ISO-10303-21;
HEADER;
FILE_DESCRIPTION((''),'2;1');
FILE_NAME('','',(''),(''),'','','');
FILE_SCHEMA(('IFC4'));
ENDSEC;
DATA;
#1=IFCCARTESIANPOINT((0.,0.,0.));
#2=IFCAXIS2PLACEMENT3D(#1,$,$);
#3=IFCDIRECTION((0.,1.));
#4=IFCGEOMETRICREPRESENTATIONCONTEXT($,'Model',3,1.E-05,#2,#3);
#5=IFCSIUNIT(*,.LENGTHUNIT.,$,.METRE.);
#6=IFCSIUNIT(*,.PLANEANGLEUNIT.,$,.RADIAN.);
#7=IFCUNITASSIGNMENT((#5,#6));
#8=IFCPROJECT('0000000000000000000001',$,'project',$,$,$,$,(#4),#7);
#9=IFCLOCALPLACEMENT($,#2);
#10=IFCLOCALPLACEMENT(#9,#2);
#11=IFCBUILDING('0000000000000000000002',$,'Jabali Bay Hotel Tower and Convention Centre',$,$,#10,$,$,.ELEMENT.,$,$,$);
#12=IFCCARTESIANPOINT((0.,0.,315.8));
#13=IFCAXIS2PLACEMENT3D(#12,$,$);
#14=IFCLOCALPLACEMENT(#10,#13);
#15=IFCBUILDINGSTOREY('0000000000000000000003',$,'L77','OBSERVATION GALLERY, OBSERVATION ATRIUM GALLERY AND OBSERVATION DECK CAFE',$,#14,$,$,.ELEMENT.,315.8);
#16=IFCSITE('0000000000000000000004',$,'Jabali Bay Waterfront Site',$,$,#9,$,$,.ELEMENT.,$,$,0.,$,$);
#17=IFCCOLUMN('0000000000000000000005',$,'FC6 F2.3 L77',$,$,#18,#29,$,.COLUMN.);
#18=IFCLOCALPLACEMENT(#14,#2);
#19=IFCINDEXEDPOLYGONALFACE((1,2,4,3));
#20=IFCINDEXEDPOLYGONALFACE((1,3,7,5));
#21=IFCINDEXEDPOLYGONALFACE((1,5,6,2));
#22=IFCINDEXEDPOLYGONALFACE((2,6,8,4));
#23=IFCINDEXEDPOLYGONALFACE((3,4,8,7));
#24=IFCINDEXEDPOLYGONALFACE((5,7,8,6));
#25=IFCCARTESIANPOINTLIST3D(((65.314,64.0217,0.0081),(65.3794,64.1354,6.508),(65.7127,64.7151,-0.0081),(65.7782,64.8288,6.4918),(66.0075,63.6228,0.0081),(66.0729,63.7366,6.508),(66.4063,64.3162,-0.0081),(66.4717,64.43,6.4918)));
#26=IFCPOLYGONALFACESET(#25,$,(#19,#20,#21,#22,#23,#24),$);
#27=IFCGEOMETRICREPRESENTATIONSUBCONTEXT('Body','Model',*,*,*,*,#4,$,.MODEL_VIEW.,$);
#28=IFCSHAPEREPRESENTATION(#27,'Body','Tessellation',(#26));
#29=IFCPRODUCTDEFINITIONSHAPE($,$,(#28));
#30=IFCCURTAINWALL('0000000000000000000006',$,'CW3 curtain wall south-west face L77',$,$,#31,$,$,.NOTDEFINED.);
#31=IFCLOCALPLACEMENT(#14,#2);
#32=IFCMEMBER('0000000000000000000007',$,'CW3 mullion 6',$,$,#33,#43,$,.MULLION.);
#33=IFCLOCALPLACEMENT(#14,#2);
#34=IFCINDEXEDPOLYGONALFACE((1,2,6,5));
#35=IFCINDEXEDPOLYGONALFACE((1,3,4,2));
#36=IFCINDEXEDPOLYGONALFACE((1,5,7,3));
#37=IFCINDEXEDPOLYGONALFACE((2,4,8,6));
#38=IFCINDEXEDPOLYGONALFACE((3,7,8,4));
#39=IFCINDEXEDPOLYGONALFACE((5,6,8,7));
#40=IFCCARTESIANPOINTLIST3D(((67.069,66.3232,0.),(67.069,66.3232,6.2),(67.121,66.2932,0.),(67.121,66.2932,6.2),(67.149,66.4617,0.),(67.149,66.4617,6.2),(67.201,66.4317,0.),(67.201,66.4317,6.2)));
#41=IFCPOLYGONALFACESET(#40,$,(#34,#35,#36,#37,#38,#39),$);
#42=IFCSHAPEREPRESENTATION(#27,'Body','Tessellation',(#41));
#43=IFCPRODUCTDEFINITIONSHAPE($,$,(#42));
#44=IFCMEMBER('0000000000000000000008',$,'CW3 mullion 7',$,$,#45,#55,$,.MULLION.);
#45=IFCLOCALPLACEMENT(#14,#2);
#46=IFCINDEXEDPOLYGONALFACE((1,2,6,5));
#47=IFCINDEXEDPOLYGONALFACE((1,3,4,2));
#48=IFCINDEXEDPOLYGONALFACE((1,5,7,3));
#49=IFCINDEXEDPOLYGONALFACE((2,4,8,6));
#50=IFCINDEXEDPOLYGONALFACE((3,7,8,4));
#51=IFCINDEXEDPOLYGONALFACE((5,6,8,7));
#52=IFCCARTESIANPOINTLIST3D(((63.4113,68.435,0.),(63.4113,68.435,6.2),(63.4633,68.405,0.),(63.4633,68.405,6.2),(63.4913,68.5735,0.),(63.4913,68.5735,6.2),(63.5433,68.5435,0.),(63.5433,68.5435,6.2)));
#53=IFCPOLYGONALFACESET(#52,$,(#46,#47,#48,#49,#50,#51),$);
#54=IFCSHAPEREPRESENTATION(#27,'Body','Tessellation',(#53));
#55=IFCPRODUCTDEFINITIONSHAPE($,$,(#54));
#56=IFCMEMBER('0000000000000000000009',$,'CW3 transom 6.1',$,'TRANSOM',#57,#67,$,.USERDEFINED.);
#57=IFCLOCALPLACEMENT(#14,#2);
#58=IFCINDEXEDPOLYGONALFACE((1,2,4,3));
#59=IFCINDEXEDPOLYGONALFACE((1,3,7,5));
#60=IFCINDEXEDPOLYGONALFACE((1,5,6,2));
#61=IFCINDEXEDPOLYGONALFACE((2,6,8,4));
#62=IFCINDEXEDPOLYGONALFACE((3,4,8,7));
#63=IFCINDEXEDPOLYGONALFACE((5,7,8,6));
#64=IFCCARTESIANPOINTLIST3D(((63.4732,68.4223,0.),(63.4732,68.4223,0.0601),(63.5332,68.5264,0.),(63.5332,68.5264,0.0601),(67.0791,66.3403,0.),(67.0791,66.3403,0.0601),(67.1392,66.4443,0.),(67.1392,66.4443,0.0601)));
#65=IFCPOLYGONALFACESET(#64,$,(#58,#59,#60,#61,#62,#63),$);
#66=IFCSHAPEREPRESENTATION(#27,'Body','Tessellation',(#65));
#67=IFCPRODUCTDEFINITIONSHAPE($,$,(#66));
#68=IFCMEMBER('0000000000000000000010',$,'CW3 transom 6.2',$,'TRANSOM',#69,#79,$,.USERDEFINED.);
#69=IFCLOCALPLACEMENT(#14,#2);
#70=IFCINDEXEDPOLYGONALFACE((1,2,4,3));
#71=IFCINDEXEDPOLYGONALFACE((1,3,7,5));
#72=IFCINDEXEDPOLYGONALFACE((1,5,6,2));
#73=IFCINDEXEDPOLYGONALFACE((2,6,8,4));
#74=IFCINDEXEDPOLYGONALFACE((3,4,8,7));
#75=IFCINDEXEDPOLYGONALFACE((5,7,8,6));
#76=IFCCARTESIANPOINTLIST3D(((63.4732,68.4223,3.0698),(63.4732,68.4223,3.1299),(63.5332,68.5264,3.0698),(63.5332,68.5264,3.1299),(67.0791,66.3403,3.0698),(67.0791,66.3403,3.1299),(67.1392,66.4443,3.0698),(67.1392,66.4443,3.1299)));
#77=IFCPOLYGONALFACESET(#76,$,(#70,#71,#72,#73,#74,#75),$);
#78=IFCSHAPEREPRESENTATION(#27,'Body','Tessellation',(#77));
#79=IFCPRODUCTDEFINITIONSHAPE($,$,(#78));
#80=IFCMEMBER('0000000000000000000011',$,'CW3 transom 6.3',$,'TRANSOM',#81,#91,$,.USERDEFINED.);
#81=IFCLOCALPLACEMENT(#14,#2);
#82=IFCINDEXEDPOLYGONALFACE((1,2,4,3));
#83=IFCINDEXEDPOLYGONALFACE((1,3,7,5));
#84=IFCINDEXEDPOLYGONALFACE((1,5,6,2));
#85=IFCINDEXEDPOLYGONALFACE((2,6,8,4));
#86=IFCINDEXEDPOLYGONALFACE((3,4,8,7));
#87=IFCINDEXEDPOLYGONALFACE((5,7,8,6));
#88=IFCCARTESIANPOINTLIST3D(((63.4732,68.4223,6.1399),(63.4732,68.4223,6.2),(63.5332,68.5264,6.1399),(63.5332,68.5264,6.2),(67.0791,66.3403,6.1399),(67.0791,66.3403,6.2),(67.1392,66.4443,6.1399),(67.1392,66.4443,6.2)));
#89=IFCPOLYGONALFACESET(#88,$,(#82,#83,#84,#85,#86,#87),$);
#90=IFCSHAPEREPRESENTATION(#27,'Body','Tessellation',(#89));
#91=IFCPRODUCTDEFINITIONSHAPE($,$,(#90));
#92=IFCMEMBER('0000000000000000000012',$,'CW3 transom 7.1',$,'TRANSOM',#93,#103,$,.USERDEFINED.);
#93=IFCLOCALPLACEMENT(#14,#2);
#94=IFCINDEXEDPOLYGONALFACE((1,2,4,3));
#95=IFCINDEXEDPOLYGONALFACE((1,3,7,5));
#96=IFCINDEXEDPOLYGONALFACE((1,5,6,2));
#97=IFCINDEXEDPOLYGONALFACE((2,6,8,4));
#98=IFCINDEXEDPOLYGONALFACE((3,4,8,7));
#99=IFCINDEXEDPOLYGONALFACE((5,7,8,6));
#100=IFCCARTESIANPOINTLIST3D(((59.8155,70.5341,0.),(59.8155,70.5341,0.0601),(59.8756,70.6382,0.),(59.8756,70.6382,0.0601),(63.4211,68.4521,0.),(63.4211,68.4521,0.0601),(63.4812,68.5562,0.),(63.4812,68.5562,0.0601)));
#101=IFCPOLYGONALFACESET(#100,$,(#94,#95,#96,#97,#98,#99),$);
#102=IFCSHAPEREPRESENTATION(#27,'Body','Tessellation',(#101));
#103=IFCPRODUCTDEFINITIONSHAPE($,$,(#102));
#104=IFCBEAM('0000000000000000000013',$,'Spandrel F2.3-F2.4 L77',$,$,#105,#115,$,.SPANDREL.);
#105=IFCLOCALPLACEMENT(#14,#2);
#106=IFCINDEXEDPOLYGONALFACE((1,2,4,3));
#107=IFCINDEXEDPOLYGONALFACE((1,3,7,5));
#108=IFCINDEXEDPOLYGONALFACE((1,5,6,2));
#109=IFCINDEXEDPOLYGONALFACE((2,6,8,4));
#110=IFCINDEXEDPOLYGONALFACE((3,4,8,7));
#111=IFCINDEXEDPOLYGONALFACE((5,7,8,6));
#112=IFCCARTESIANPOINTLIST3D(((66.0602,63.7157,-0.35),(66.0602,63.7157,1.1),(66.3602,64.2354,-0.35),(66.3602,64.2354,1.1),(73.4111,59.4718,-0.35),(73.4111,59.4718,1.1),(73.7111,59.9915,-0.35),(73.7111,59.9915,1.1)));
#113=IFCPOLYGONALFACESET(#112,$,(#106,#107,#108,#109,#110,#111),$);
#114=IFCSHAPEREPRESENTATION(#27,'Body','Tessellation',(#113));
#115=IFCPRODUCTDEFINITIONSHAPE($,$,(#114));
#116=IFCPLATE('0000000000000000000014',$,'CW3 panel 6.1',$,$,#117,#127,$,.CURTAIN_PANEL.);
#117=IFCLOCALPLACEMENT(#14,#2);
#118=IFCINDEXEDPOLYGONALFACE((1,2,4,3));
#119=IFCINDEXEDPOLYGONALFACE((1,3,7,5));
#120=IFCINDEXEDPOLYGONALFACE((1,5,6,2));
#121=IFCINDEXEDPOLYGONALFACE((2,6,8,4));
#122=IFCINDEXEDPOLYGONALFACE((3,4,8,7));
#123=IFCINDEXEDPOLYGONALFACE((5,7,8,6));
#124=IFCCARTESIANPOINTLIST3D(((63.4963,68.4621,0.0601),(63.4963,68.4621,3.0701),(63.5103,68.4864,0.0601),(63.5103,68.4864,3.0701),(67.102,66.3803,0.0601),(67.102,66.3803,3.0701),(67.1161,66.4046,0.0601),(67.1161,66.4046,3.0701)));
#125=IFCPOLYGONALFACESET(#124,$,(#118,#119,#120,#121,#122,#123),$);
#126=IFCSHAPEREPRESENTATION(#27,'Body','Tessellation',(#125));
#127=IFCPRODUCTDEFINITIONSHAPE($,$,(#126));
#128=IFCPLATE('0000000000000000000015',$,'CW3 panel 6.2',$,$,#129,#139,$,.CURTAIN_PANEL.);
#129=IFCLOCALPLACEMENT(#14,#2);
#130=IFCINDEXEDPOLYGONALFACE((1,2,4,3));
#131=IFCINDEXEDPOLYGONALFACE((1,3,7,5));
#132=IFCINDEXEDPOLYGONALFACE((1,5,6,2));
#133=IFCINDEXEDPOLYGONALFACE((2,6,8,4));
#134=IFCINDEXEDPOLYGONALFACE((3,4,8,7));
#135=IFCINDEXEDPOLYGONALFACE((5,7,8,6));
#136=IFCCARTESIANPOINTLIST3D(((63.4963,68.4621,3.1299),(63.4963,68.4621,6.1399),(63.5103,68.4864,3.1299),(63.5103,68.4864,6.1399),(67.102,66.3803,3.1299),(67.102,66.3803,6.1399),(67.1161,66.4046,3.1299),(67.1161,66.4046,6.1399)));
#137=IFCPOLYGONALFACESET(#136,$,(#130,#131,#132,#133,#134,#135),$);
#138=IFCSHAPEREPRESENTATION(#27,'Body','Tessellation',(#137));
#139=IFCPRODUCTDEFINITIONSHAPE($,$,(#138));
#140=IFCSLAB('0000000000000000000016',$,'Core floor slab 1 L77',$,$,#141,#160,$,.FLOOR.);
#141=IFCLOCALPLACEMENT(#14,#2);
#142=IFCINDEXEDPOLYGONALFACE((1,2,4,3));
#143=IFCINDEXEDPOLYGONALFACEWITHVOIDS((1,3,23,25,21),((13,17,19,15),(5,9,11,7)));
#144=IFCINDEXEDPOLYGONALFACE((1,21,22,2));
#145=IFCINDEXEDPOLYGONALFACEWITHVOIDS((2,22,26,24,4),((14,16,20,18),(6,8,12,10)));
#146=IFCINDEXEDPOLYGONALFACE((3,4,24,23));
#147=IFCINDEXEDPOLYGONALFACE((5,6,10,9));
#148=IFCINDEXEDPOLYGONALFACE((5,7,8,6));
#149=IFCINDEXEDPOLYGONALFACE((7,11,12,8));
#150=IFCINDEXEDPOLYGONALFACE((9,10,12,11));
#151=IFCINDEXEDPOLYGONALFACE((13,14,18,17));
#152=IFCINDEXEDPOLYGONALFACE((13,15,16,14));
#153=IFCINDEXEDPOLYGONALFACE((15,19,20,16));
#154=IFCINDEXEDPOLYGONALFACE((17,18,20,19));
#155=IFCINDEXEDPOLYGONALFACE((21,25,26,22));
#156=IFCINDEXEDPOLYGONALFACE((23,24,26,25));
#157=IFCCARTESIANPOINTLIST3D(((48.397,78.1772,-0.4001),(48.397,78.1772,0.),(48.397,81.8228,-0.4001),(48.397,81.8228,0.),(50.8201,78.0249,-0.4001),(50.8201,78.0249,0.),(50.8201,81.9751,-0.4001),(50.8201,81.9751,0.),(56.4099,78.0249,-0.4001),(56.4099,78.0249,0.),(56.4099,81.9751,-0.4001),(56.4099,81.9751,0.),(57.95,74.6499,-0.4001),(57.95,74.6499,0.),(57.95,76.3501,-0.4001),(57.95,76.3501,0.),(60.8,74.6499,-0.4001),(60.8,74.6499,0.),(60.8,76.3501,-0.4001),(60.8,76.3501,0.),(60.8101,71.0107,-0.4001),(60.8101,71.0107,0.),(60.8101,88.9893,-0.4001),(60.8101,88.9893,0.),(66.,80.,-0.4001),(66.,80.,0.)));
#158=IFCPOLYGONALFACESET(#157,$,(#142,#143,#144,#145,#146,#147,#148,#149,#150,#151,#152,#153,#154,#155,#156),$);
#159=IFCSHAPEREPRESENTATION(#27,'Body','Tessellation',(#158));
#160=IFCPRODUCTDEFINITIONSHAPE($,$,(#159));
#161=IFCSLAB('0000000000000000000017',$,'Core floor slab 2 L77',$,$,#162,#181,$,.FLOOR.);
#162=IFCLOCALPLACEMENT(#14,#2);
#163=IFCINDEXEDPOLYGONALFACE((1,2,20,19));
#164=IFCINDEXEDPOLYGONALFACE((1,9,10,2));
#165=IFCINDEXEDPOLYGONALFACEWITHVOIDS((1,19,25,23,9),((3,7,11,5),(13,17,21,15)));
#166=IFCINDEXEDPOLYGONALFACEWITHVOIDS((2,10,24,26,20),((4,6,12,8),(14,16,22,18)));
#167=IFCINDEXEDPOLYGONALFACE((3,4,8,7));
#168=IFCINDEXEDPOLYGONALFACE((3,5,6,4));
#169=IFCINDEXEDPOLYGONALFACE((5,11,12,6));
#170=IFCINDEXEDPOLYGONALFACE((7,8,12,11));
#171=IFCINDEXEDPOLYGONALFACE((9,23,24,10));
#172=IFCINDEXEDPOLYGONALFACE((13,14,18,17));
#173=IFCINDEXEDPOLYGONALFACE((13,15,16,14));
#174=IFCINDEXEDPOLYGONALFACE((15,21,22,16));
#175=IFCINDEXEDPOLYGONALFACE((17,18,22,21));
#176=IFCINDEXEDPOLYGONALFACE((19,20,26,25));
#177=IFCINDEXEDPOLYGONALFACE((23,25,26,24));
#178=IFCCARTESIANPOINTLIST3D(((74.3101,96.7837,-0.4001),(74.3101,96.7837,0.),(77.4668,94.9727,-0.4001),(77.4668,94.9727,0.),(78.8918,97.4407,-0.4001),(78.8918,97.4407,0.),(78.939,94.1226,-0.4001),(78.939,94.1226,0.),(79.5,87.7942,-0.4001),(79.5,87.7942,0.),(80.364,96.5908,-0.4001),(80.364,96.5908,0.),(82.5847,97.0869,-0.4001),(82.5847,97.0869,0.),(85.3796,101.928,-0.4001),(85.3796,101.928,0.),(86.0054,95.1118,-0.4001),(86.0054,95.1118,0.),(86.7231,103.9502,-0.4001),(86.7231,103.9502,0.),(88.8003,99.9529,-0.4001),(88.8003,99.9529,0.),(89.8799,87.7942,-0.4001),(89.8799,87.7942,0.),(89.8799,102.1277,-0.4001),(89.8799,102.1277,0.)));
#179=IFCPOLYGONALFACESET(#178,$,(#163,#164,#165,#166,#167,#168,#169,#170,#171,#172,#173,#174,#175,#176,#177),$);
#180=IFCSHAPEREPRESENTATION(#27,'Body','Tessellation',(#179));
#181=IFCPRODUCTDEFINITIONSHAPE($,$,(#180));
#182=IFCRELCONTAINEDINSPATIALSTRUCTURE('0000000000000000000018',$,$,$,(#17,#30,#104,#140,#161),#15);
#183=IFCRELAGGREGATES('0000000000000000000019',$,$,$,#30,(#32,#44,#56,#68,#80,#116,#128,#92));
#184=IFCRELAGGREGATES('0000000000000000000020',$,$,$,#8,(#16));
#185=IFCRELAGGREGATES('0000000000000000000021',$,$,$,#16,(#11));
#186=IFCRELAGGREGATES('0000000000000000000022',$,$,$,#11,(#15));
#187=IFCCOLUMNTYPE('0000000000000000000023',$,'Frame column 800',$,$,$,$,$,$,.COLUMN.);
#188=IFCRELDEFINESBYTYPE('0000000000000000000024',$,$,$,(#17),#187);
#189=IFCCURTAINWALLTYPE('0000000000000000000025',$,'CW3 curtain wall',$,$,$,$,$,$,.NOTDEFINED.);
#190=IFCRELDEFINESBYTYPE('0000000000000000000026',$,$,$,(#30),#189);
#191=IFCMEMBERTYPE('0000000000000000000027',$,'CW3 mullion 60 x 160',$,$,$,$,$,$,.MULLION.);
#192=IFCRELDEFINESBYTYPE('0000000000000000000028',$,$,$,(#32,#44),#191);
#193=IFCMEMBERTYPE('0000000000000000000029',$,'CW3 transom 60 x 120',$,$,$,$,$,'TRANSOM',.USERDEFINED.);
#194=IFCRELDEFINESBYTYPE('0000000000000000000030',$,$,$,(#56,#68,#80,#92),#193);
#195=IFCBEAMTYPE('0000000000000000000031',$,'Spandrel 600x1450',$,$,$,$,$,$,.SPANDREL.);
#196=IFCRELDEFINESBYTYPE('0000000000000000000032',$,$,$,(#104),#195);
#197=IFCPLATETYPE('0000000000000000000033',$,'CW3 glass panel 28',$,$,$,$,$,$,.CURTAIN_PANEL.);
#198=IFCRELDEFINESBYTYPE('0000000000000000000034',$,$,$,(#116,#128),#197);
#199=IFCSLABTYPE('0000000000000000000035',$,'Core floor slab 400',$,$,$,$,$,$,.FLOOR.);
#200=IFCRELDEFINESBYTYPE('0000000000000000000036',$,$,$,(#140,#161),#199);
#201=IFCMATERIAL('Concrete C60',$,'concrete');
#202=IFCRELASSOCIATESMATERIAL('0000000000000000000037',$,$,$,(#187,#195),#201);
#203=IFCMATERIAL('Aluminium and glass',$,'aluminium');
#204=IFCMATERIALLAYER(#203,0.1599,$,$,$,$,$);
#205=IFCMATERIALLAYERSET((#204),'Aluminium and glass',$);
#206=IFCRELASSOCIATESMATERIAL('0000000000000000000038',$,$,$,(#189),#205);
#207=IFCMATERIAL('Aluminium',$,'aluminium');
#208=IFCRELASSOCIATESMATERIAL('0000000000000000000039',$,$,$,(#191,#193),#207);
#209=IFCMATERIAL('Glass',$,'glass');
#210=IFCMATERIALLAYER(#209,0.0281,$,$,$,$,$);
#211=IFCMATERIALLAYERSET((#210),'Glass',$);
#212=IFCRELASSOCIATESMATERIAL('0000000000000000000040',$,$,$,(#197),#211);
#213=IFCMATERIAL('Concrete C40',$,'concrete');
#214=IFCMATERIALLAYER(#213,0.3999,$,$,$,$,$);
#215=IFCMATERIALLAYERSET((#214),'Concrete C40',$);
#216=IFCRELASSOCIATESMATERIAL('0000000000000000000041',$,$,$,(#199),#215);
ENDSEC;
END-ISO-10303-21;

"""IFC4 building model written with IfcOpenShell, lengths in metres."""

from ifc_helpers import new_model, si_unit, direction, frame, origin, origin_2d, place, context, subcontext, project, spatial, polyline, rectangle, outline, extrude, material, layer, layer_set, material_profile, profile_set, type_object, element, aggregate, save


model = new_model("IFC4")

# Units and contexts
model_context = context("Model", 3, precision=1e-05, world=origin(), true_north=direction((0.0, 1.0)))
body_context = subcontext(model_context, "Body", "Model", "MODEL_VIEW")
ifc_project = project(units=[si_unit("LENGTHUNIT", "METRE"), si_unit("PLANEANGLEUNIT", "RADIAN")], contexts=[model_context])

# Site, building, storey
site_placement = place(None, origin())
site = spatial("IfcSite", under=ifc_project, at=site_placement, Name="Jabali Bay Waterfront Site", CompositionType="ELEMENT", RefElevation=0.0)
building_placement = place(site_placement, origin())
building = spatial("IfcBuilding", under=site, at=building_placement, Name="Jabali Bay Hotel Tower and Convention Centre", CompositionType="ELEMENT")
storey_placement = place(building_placement, frame((0.0, 0.0, 315.8)))
storey = spatial("IfcBuildingStorey", under=building, at=storey_placement, Name="L77", Description="OBSERVATION GALLERY, OBSERVATION ATRIUM GALLERY AND OBSERVATION DECK CAFE", CompositionType="ELEMENT", Elevation=315.8)

# Column
ifc_material_1 = material(Name="Concrete C60", Category="concrete")
ifc_material_profile_1 = material_profile(ifc_material_1, rectangle(XDim=0.8, YDim=0.8, at=origin_2d()), Name="Frame column 800")
ifc_profile_set_1 = profile_set([ifc_material_profile_1], Name="Concrete C60")
column_type = type_object("IfcColumnType", Name="Frame column 800", PredefinedType="COLUMN", material=ifc_profile_set_1)
column_placement = place(storey_placement, frame((65.8601, 64.1689, 0.0), z_axis=(0.010064, 0.017499, 0.999796), x_axis=(-0.866868, 0.498538, 0.0)))
element("IfcColumn", 1, at=column_placement, inside=storey, type_object=column_type, Name="FC6 F2.3 L77", PredefinedType="COLUMN", context=body_context, shape_type="SweptSolid", body=[
    extrude(rectangle(XDim=0.8, YDim=0.8, at=origin_2d()), origin(), (0.0, 0.0, 1.0), 6.5012),
])

# Curtain wall, members
ifc_material_2 = material(Name="Aluminium and glass", Category="aluminium")
ifc_layer_1 = layer(ifc_material_2, 0.1599)
ifc_layer_set_1 = layer_set([ifc_layer_1], Name="Aluminium and glass")
curtain_wall_type = type_object("IfcCurtainWallType", Name="CW3 curtain wall", PredefinedType="NOTDEFINED", material=ifc_layer_set_1)
curtain_wall_placement = place(storey_placement, origin())
curtain_wall = element("IfcCurtainWall", 2, at=curtain_wall_placement, inside=storey, type_object=curtain_wall_type, Name="CW3 curtain wall south-west face L77", PredefinedType="NOTDEFINED")
ifc_material_3 = material(Name="Aluminium", Category="aluminium")
ifc_material_profile_2 = material_profile(ifc_material_3, rectangle(XDim=0.1599, YDim=0.0601, at=origin_2d()), Name="CW3 mullion 60 x 160")
ifc_profile_set_2 = profile_set([ifc_material_profile_2], Name="Aluminium")
member_type_1 = type_object("IfcMemberType", Name="CW3 mullion 60 x 160", PredefinedType="MULLION", material=ifc_profile_set_2)
member_1_placement = place(storey_placement, frame((67.135, 66.3774, 0.0), z_axis=(0.0, 0.0, 1.0), x_axis=(-0.5, -0.866025, 0.0)))
member_1 = element("IfcMember", 3, at=member_1_placement, type_object=member_type_1, Name="CW3 mullion 6", PredefinedType="MULLION", context=body_context, shape_type="SweptSolid", body=[
    extrude(rectangle(XDim=0.1599, YDim=0.0601, at=origin_2d()), origin(), (0.0, 0.0, 1.0), 6.2),
])
member_2_placement = place(storey_placement, frame((63.4773, 68.4893, 0.0), z_axis=(0.0, 0.0, 1.0), x_axis=(-0.5, -0.866025, 0.0)))
member_2 = element("IfcMember", 4, at=member_2_placement, type_object=member_type_1, Name="CW3 mullion 7", PredefinedType="MULLION", context=body_context, shape_type="SweptSolid", body=[
    extrude(rectangle(XDim=0.1599, YDim=0.0601, at=origin_2d()), origin(), (0.0, 0.0, 1.0), 6.2),
])
ifc_material_profile_3 = material_profile(ifc_material_3, rectangle(XDim=0.1201, YDim=0.0601, at=origin_2d()), Name="CW3 transom 60 x 120")
ifc_profile_set_3 = profile_set([ifc_material_profile_3], Name="Aluminium")
member_type_2 = type_object("IfcMemberType", Name="CW3 transom 60 x 120", ElementType="TRANSOM", PredefinedType="USERDEFINED", material=ifc_profile_set_3)
member_3_placement = place(storey_placement, frame((67.1091, 66.3923, 0.03), z_axis=(-0.866012, 0.500024, 0.0), x_axis=(-0.500024, -0.866012, 0.0)))
member_3 = element("IfcMember", 5, at=member_3_placement, type_object=member_type_2, Name="CW3 transom 6.1", ObjectType="TRANSOM", PredefinedType="USERDEFINED", context=body_context, shape_type="SweptSolid", body=[
    extrude(rectangle(XDim=0.1201, YDim=0.0601, at=origin_2d()), origin(), (0.0, 0.0, 1.0), 4.1638),
])
member_4_placement = place(storey_placement, frame((67.1091, 66.3923, 3.0999), z_axis=(-0.866012, 0.500024, 0.0), x_axis=(-0.500024, -0.866012, 0.0)))
member_4 = element("IfcMember", 6, at=member_4_placement, type_object=member_type_2, Name="CW3 transom 6.2", ObjectType="TRANSOM", PredefinedType="USERDEFINED", context=body_context, shape_type="SweptSolid", body=[
    extrude(rectangle(XDim=0.1201, YDim=0.0601, at=origin_2d()), origin(), (0.0, 0.0, 1.0), 4.1638),
])
member_5_placement = place(storey_placement, frame((67.1091, 66.3923, 6.1699), z_axis=(-0.866012, 0.500024, 0.0), x_axis=(-0.500024, -0.866012, 0.0)))
member_5 = element("IfcMember", 7, at=member_5_placement, type_object=member_type_2, Name="CW3 transom 6.3", ObjectType="TRANSOM", PredefinedType="USERDEFINED", context=body_context, shape_type="SweptSolid", body=[
    extrude(rectangle(XDim=0.1201, YDim=0.0601, at=origin_2d()), origin(), (0.0, 0.0, 1.0), 4.1638),
])
member_6_placement = place(storey_placement, frame((63.4512, 68.5042, 0.03), z_axis=(-0.865997, 0.500049, 0.0), x_axis=(-0.500049, -0.865997, 0.0)))
member_6 = element("IfcMember", 8, at=member_6_placement, type_object=member_type_2, Name="CW3 transom 7.1", ObjectType="TRANSOM", PredefinedType="USERDEFINED", context=body_context, shape_type="SweptSolid", body=[
    extrude(rectangle(XDim=0.1201, YDim=0.0601, at=origin_2d()), origin(), (0.0, 0.0, 1.0), 4.1636),
])

# Beam
ifc_material_profile_4 = material_profile(ifc_material_1, rectangle(XDim=0.6001, YDim=1.45, at=origin_2d()), Name="Spandrel 600x1450")
ifc_profile_set_4 = profile_set([ifc_material_profile_4], Name="Concrete C60")
beam_type = type_object("IfcBeamType", Name="Spandrel 600x1450", PredefinedType="SPANDREL", material=ifc_profile_set_4)
beam_placement = place(storey_placement, frame((66.2102, 63.9756, 0.375), z_axis=(0.866031, -0.499991, 0.0), x_axis=(0.499991, 0.866031, 0.0)))
element("IfcBeam", 9, at=beam_placement, inside=storey, type_object=beam_type, Name="Spandrel F2.3-F2.4 L77", PredefinedType="SPANDREL", context=body_context, shape_type="SweptSolid", body=[
    extrude(rectangle(XDim=0.6001, YDim=1.45, at=origin_2d()), origin(), (0.0, 0.0, 1.0), 8.488),
])

# Plates
ifc_material_4 = material(Name="Glass", Category="glass")
ifc_layer_2 = layer(ifc_material_4, 0.0281)
ifc_layer_set_2 = layer_set([ifc_layer_2], Name="Glass")
plate_type = type_object("IfcPlateType", Name="CW3 glass panel 28", PredefinedType="CURTAIN_PANEL", material=ifc_layer_set_2)
plate_1_placement = place(storey_placement, frame((65.3062, 67.4333, 0.0601), z_axis=(0.0, 0.0, 1.0), x_axis=(-0.866025, 0.5, 0.0)))
plate_1 = element("IfcPlate", 10, at=plate_1_placement, type_object=plate_type, Name="CW3 panel 6.1", PredefinedType="CURTAIN_PANEL", context=body_context, shape_type="SweptSolid", body=[
    extrude(rectangle(XDim=4.1636, YDim=0.0281, at=origin_2d()), origin(), (0.0, 0.0, 1.0), 3.01),
])
plate_2_placement = place(storey_placement, frame((65.3062, 67.4333, 3.1299), z_axis=(0.0, 0.0, 1.0), x_axis=(-0.866025, 0.5, 0.0)))
plate_2 = element("IfcPlate", 11, at=plate_2_placement, type_object=plate_type, Name="CW3 panel 6.2", PredefinedType="CURTAIN_PANEL", context=body_context, shape_type="SweptSolid", body=[
    extrude(rectangle(XDim=4.1636, YDim=0.0281, at=origin_2d()), origin(), (0.0, 0.0, 1.0), 3.01),
])
aggregate(curtain_wall, [member_1, member_2, member_3, member_4, member_5, plate_1, plate_2, member_6])

# Slabs
ifc_material_5 = material(Name="Concrete C40", Category="concrete")
ifc_layer_3 = layer(ifc_material_5, 0.3999)
ifc_layer_set_3 = layer_set([ifc_layer_3], Name="Concrete C40")
slab_type_1 = type_object("IfcSlabType", Name="Core floor slab 400", PredefinedType="FLOOR", material=ifc_layer_set_3)
slab_1_placement = place(storey_placement, frame((0.0, 0.0, -0.4001)))
element("IfcSlab", 12, at=slab_1_placement, inside=storey, type_object=slab_type_1, Name="Core floor slab 1 L77", PredefinedType="FLOOR", context=body_context, shape_type="SweptSolid", body=[
    extrude(outline(polyline([(66.0, 80.0), (60.8101, 88.9893), (48.397, 81.8228), (48.397, 78.1772), (60.8101, 71.0107), (66.0, 80.0)]), holes=[polyline([(60.8, 76.3501), (57.95, 76.3501), (57.95, 74.6499), (60.8, 74.6499), (60.8, 76.3501)]), polyline([(50.8201, 81.9751), (50.8201, 78.0249), (56.4099, 78.0249), (56.4099, 81.9751), (50.8201, 81.9751)])]), origin(), (0.0, 0.0, 1.0), 0.4001),
])
slab_2_placement = place(storey_placement, frame((0.0, 0.0, -0.4001)))
element("IfcSlab", 13, at=slab_2_placement, inside=storey, type_object=slab_type_1, Name="Core floor slab 2 L77", PredefinedType="FLOOR", context=body_context, shape_type="SweptSolid", body=[
    extrude(outline(polyline([(79.5, 87.7942), (89.8799, 87.7942), (89.8799, 102.1277), (86.7231, 103.9502), (74.3101, 96.7837), (79.5, 87.7942)]), holes=[polyline([(78.939, 94.1226), (80.364, 96.5908), (78.8918, 97.4407), (77.4668, 94.9727), (78.939, 94.1226)]), polyline([(88.8003, 99.9529), (85.3796, 101.928), (82.5847, 97.0869), (86.0054, 95.1118), (88.8003, 99.9529)])]), origin(), (0.0, 0.0, 1.0), 0.4001),
])

save(model, "model.ifc")
